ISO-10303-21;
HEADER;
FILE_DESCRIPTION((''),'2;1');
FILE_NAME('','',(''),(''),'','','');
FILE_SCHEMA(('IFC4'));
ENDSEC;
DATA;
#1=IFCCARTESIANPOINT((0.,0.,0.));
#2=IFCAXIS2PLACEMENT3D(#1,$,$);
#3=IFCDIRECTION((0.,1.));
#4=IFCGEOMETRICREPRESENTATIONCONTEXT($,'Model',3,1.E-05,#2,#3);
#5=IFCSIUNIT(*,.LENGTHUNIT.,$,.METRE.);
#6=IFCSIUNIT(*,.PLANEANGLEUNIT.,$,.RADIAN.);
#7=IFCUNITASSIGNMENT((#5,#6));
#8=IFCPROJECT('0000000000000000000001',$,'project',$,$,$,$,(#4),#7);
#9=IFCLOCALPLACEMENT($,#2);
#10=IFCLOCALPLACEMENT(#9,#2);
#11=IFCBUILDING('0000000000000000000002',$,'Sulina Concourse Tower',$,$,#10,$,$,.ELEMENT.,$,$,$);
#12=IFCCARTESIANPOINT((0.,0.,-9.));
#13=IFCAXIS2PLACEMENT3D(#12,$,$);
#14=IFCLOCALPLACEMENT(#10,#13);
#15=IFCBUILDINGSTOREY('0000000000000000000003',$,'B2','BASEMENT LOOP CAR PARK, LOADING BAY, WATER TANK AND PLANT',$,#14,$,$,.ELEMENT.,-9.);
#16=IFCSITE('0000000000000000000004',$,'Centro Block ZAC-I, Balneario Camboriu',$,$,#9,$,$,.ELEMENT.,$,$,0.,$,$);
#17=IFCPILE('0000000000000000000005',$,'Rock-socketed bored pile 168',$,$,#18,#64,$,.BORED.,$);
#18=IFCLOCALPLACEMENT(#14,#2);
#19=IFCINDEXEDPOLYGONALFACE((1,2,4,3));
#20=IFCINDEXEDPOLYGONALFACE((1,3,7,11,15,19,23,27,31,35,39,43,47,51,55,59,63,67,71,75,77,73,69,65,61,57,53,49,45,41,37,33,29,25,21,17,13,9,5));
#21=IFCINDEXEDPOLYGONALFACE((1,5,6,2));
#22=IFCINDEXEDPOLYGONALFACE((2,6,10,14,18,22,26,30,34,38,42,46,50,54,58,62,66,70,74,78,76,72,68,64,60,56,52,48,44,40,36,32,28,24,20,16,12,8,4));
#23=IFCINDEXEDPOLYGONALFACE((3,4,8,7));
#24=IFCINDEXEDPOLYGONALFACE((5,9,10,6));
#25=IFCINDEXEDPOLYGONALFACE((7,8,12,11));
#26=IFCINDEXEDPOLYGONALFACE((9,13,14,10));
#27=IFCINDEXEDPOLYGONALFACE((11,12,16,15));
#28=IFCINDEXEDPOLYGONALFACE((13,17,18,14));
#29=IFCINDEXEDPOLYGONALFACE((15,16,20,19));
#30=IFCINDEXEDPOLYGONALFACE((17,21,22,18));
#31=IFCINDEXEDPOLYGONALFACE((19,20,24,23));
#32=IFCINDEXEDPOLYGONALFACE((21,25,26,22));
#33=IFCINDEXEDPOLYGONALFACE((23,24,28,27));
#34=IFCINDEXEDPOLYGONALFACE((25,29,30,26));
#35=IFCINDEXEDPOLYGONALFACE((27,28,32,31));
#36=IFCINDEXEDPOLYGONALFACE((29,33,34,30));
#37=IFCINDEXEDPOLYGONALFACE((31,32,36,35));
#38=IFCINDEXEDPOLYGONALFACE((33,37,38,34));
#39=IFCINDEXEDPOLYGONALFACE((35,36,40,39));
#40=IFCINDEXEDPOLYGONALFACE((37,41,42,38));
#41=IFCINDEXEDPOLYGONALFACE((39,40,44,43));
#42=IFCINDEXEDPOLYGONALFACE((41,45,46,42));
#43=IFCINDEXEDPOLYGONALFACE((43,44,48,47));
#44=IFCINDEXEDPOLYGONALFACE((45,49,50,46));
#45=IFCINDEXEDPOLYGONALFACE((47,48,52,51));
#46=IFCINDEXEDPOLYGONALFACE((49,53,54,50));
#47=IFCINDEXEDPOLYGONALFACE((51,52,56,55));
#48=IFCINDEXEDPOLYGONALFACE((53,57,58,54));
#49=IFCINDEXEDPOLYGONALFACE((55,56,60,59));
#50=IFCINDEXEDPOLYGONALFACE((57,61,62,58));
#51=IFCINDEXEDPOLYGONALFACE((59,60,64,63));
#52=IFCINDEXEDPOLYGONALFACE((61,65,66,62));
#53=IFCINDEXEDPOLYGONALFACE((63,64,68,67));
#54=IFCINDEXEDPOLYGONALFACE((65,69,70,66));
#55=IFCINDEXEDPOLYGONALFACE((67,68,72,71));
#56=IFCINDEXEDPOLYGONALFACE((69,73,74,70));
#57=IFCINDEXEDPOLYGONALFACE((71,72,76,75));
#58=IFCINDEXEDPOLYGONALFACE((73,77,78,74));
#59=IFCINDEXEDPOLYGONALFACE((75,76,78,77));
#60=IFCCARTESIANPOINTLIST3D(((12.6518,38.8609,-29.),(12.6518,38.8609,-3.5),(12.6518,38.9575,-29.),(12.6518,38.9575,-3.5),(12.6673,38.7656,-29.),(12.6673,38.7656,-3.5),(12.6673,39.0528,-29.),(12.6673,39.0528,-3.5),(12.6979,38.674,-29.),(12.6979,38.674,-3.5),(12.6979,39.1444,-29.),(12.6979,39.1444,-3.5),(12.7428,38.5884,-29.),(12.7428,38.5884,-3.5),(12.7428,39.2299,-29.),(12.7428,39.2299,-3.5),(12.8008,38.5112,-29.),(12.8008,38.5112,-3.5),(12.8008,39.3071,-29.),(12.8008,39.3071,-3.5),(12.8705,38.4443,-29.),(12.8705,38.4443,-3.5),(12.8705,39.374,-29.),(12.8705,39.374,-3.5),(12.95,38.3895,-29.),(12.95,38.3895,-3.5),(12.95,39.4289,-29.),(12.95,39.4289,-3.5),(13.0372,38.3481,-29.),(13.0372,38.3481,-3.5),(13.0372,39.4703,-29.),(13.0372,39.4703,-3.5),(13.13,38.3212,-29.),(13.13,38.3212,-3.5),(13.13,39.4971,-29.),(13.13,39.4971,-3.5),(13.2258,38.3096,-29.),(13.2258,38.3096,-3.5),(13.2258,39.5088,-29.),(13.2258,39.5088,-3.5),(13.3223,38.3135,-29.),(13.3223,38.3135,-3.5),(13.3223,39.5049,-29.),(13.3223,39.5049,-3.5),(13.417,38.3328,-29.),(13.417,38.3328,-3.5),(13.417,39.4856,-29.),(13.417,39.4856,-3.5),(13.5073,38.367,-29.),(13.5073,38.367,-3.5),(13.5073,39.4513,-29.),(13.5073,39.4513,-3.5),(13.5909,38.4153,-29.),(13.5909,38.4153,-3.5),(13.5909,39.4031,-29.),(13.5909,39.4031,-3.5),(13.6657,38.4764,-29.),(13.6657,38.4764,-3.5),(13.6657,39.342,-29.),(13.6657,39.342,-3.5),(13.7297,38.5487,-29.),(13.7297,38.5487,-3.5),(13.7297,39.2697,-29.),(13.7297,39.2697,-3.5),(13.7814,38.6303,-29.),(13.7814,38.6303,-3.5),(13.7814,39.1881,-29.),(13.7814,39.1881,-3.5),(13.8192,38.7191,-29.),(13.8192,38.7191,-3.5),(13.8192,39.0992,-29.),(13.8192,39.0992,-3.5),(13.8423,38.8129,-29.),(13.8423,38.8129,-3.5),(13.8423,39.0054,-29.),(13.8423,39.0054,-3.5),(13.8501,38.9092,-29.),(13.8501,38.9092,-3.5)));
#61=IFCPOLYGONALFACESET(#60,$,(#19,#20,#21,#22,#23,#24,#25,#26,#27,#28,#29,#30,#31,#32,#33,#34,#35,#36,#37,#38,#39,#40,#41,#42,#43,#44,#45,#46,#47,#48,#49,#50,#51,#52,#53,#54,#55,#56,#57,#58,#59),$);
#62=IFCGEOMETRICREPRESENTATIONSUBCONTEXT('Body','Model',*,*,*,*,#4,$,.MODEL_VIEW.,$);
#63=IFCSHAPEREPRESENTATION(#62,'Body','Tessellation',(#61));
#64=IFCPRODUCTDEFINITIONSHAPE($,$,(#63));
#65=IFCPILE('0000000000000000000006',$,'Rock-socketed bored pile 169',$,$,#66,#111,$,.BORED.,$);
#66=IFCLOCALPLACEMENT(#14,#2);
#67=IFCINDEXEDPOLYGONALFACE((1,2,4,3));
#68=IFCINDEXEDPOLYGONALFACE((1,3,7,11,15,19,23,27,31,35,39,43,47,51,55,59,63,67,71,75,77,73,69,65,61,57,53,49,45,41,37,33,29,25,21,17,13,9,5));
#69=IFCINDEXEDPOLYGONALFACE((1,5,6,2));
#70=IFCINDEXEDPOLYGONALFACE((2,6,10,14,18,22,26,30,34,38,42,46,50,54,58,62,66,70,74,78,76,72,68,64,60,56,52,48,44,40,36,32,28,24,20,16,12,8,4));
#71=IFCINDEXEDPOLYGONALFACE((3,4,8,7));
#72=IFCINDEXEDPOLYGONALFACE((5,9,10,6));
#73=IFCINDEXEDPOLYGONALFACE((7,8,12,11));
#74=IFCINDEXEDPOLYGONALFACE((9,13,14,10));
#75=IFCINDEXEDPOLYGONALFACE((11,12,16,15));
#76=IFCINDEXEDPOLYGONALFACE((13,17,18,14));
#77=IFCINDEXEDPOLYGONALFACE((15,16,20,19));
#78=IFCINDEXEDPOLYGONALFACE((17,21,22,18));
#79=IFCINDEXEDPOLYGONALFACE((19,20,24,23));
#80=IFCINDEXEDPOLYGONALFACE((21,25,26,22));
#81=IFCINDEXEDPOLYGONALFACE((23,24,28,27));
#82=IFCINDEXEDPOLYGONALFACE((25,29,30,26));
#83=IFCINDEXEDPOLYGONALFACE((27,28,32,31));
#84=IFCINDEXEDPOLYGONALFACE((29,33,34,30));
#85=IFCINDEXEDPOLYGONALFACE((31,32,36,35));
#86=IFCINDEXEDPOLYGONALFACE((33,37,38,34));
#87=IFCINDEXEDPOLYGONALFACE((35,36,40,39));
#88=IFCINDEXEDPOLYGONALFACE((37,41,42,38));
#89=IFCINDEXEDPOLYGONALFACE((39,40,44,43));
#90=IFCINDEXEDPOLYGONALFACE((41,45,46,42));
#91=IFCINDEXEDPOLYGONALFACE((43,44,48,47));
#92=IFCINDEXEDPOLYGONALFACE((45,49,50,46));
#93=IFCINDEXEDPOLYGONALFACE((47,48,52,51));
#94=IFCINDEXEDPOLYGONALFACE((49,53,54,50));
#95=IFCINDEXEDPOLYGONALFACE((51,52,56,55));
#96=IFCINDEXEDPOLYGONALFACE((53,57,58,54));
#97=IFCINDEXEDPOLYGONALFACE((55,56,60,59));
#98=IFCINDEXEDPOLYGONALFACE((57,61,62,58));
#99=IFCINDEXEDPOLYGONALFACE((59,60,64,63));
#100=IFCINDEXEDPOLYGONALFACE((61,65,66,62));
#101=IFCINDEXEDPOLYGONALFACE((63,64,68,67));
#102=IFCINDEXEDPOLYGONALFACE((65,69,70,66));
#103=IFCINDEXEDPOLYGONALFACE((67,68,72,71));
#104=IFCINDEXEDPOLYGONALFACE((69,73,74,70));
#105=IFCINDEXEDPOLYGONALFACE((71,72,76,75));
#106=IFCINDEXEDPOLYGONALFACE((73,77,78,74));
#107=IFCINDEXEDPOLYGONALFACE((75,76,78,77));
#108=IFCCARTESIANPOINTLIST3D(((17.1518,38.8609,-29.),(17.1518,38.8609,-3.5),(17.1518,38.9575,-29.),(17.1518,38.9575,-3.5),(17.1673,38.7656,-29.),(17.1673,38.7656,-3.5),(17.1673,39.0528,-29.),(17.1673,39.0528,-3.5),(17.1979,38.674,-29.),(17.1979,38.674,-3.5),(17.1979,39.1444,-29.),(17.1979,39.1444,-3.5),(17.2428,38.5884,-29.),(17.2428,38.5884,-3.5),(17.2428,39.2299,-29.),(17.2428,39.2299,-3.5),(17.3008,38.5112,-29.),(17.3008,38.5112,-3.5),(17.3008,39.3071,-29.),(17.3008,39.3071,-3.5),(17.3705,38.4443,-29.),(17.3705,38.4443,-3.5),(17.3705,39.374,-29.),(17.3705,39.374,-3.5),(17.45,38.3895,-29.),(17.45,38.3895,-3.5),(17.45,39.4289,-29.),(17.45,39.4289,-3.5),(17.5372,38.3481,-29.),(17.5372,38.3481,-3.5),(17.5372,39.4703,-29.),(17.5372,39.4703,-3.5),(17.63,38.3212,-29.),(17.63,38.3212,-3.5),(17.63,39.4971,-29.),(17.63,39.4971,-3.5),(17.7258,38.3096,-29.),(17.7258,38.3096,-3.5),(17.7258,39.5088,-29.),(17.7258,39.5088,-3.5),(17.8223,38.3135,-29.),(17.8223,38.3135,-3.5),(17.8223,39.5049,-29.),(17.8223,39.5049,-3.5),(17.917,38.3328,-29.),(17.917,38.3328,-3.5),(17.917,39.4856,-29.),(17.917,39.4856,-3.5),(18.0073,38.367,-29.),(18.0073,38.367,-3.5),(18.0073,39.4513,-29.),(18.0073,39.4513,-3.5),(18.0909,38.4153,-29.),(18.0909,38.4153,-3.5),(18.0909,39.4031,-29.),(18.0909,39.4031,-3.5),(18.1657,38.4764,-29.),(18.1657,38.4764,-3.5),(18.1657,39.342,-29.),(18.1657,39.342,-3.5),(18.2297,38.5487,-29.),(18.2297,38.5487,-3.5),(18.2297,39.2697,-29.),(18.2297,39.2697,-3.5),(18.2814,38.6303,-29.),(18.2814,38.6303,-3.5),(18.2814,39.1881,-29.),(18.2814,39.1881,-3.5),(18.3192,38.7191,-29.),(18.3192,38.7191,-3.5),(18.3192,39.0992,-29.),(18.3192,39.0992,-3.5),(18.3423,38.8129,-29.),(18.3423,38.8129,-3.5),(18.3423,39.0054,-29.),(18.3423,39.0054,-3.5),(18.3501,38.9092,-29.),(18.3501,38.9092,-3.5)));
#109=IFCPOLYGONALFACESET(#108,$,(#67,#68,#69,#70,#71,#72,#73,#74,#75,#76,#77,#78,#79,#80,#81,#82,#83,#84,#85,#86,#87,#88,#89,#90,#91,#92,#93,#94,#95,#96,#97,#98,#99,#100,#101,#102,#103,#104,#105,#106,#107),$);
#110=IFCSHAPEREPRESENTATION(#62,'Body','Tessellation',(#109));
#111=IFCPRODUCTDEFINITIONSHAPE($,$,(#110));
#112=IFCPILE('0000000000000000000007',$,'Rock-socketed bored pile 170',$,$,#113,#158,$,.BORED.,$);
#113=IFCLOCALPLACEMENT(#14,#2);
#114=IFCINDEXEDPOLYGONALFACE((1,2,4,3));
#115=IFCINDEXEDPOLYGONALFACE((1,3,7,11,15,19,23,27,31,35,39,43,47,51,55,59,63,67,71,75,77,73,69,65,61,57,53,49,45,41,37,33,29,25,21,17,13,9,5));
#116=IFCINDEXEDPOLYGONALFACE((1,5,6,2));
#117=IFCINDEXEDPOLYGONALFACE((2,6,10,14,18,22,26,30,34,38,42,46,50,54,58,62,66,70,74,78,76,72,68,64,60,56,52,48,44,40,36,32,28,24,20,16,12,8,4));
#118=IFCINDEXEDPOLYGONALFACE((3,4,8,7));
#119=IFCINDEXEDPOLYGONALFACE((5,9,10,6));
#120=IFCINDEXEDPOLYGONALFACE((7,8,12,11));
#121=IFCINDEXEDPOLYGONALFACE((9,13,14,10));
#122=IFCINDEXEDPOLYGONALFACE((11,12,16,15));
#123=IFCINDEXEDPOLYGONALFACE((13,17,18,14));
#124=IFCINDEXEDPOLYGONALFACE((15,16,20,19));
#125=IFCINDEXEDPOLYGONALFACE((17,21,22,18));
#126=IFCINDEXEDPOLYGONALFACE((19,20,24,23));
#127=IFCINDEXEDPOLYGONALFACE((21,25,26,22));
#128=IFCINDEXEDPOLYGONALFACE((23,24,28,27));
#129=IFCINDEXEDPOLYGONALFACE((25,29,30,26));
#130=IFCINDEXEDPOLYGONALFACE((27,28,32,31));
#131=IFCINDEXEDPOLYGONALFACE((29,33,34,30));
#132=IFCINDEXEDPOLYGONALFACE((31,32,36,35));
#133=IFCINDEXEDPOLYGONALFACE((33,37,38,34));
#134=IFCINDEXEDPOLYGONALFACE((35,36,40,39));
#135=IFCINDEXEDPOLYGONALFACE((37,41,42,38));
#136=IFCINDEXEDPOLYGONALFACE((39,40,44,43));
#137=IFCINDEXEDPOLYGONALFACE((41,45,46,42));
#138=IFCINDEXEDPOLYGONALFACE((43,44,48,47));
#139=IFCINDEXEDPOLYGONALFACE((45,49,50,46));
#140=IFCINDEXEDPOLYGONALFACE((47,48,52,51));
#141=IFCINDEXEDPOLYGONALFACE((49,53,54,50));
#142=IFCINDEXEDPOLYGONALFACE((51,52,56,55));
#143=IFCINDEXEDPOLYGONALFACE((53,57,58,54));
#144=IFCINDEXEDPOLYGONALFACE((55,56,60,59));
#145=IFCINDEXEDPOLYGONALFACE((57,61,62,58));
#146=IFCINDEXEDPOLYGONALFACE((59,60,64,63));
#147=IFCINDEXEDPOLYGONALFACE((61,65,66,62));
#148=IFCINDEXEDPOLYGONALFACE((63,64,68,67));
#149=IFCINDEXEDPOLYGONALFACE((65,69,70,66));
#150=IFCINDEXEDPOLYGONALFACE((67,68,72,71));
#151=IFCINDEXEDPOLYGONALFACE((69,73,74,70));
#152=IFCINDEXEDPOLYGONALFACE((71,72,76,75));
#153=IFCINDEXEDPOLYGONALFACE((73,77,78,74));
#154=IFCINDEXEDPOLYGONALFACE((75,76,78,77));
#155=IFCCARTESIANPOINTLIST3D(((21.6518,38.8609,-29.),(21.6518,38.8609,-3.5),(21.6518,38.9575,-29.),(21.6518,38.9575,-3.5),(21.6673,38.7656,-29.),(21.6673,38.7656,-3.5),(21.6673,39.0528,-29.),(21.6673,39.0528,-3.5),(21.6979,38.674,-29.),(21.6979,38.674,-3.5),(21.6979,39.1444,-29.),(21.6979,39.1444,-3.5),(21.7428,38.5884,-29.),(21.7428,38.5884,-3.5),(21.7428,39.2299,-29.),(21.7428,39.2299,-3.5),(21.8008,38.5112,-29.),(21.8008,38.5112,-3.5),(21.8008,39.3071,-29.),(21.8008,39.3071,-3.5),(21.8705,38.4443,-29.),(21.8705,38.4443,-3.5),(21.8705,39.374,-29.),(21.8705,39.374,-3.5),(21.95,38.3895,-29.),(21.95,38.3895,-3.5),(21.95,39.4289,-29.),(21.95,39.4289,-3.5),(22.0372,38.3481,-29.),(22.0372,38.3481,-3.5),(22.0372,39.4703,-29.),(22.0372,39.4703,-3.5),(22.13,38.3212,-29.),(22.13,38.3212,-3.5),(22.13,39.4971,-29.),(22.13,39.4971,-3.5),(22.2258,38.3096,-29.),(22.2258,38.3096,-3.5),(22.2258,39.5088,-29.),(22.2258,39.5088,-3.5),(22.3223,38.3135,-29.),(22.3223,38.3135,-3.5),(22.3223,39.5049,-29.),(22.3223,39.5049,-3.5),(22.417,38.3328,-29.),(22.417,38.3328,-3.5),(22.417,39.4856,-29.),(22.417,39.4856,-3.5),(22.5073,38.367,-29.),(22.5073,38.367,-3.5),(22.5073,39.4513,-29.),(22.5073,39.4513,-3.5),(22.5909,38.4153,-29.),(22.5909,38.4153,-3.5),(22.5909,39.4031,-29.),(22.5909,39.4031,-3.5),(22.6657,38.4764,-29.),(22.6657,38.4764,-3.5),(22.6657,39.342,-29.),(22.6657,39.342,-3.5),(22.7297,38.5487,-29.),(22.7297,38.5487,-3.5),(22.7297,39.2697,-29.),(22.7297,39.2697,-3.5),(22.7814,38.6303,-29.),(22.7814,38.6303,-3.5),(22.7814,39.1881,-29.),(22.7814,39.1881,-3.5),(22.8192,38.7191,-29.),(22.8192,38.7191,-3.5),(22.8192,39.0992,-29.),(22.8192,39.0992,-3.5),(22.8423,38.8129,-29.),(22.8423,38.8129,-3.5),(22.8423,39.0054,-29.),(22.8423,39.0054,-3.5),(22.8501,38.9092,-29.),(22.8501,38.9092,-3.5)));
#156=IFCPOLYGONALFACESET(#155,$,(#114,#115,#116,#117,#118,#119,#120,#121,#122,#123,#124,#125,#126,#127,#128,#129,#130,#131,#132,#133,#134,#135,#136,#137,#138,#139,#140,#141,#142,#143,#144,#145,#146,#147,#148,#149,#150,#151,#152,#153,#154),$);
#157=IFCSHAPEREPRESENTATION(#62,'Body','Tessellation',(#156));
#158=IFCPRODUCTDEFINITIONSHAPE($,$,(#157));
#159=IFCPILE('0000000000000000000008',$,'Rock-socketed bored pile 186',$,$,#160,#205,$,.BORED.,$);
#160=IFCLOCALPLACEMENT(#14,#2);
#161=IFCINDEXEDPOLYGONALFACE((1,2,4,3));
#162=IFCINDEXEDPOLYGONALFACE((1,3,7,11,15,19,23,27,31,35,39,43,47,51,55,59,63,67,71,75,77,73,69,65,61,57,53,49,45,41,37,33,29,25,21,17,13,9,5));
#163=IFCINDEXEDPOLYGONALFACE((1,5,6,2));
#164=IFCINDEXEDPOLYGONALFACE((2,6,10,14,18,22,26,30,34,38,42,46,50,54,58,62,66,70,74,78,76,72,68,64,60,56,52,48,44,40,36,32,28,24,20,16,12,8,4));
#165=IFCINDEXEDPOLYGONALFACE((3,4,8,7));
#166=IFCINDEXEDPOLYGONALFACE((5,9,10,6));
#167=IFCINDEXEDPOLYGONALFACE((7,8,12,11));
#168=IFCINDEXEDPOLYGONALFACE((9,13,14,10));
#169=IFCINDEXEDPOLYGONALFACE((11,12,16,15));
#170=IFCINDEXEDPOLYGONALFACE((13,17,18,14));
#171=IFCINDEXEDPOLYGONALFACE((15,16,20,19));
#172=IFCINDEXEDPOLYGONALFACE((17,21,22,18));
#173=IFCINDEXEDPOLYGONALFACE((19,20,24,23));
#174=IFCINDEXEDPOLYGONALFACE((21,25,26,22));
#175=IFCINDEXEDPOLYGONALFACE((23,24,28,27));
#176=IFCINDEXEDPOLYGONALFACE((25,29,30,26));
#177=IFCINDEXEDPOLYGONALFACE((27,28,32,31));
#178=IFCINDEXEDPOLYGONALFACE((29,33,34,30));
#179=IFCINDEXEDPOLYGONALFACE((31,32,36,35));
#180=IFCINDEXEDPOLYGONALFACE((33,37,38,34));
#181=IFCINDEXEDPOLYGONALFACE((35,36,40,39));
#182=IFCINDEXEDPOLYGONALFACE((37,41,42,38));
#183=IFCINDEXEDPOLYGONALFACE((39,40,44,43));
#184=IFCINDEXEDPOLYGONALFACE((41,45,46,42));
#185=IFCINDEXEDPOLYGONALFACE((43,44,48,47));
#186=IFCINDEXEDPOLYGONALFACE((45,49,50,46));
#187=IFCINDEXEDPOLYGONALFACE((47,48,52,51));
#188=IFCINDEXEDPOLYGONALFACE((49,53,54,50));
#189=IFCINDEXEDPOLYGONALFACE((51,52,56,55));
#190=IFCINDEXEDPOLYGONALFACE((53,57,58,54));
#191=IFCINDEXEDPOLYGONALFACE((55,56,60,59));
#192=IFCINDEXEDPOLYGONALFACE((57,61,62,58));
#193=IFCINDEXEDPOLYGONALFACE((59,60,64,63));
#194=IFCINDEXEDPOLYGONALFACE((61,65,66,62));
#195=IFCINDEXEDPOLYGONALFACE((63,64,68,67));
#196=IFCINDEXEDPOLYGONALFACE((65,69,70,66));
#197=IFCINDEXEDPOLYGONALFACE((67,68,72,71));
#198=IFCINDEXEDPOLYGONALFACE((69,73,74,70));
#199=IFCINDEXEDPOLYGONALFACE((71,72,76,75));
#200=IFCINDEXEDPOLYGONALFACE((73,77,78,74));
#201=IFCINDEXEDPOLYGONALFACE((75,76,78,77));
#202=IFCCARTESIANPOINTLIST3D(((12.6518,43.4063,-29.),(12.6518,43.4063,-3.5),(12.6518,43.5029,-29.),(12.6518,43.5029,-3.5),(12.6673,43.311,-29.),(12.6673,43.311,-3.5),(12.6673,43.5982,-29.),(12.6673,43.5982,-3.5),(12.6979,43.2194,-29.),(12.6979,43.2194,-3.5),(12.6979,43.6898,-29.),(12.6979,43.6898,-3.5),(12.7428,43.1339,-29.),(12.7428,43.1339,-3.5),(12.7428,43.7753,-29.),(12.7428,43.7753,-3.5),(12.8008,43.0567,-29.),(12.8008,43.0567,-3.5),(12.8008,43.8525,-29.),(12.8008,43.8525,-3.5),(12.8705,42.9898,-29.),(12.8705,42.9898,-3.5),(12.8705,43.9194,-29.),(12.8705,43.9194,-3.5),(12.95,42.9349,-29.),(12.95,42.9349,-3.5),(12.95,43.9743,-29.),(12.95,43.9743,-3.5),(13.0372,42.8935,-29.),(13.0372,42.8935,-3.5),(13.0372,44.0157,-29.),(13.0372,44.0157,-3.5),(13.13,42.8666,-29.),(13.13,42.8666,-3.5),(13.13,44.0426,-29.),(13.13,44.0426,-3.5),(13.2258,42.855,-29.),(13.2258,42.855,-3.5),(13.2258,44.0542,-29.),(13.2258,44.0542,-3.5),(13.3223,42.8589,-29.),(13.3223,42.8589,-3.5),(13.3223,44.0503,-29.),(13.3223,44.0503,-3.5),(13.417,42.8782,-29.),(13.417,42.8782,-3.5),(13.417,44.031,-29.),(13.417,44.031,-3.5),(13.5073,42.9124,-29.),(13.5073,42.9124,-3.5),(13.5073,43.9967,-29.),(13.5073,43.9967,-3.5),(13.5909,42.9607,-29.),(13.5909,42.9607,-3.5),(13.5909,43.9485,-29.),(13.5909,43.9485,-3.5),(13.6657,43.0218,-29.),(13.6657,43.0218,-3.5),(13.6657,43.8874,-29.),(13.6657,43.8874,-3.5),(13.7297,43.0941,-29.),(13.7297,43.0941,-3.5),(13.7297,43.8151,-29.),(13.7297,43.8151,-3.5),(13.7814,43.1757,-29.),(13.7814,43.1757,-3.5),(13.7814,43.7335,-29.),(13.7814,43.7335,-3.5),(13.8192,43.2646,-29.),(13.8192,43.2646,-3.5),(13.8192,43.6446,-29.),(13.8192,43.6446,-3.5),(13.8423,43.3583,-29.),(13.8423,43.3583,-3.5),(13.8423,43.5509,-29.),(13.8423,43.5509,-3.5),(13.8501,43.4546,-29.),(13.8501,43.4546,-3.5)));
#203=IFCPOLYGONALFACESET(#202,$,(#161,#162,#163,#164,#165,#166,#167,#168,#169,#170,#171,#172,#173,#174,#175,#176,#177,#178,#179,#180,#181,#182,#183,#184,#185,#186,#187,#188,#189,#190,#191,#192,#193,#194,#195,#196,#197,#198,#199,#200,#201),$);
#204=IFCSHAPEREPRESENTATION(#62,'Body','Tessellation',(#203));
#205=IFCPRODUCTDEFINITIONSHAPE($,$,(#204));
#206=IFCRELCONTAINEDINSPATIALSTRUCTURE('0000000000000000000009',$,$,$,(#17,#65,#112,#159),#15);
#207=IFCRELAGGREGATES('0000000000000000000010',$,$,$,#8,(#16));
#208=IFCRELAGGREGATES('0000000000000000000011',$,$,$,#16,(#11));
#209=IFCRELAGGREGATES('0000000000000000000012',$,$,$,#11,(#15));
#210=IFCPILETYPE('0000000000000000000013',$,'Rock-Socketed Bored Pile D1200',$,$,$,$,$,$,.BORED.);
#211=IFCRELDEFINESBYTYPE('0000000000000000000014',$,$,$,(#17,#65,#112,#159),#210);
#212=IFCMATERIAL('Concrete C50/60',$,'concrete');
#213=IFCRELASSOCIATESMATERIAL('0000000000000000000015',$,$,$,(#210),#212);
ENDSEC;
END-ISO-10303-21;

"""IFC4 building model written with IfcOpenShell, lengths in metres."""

from ifc_helpers import new_model, si_unit, direction, frame, origin, origin_2d, place, context, subcontext, project, spatial, circle, extrude, material, material_profile, profile_set, type_object, element, save


model = new_model("IFC4")

# Units and contexts
model_context = context("Model", 3, precision=1e-05, world=origin(), true_north=direction((0.0, 1.0)))
body_context = subcontext(model_context, "Body", "Model", "MODEL_VIEW")
ifc_project = project(units=[si_unit("LENGTHUNIT", "METRE"), si_unit("PLANEANGLEUNIT", "RADIAN")], contexts=[model_context])

# Site, building, storey
site_placement = place(None, origin())
site = spatial("IfcSite", under=ifc_project, at=site_placement, Name="Centro Block ZAC-I, Balneario Camboriu", CompositionType="ELEMENT", RefElevation=0.0)
building_placement = place(site_placement, origin())
building = spatial("IfcBuilding", under=site, at=building_placement, Name="Sulina Concourse Tower", CompositionType="ELEMENT")
storey_placement = place(building_placement, frame((0.0, 0.0, -9.0)))
storey = spatial("IfcBuildingStorey", under=building, at=storey_placement, Name="B2", Description="BASEMENT LOOP CAR PARK, LOADING BAY, WATER TANK AND PLANT", CompositionType="ELEMENT", Elevation=-9.0)

# Piles
ifc_material_1 = material(Name="Concrete C50/60", Category="concrete")
ifc_material_profile_1 = material_profile(ifc_material_1, circle(Radius=0.6001, at=origin_2d()), Name="PILE D1200")
ifc_profile_set_1 = profile_set([ifc_material_profile_1], Name="Concrete C50/60")
pile_type_1 = type_object("IfcPileType", Name="Rock-Socketed Bored Pile D1200", PredefinedType="BORED", material=ifc_profile_set_1)
for number, where, z_axis, x_axis, name in (
    (1, (13.25, 38.9092, -3.5), (0.0, 0.0, -1.0), (1.0, 0.0, 0.0), "Rock-socketed bored pile 168"),
    (2, (17.75, 38.9092, -3.5), (0.0, 0.0, -1.0), (1.0, 0.0, 0.0), "Rock-socketed bored pile 169"),
    (3, (22.25, 38.9092, -3.5), (0.0, 0.0, -1.0), (1.0, 0.0, 0.0), "Rock-socketed bored pile 170"),
    (4, (13.25, 43.4546, -3.5), (0.0, 0.0, -1.0), (1.0, 0.0, 0.0), "Rock-socketed bored pile 186"),
):
    element("IfcPile", number, at=place(storey_placement, frame(where, z_axis=z_axis, x_axis=x_axis)), inside=storey, type_object=pile_type_1, Name=name, PredefinedType="BORED", context=body_context, shape_type="SweptSolid", body=[
        extrude(circle(Radius=0.6001, at=origin_2d()), origin(), (0.0, 0.0, 1.0), 25.5),
    ])

save(model, "model.ifc")
